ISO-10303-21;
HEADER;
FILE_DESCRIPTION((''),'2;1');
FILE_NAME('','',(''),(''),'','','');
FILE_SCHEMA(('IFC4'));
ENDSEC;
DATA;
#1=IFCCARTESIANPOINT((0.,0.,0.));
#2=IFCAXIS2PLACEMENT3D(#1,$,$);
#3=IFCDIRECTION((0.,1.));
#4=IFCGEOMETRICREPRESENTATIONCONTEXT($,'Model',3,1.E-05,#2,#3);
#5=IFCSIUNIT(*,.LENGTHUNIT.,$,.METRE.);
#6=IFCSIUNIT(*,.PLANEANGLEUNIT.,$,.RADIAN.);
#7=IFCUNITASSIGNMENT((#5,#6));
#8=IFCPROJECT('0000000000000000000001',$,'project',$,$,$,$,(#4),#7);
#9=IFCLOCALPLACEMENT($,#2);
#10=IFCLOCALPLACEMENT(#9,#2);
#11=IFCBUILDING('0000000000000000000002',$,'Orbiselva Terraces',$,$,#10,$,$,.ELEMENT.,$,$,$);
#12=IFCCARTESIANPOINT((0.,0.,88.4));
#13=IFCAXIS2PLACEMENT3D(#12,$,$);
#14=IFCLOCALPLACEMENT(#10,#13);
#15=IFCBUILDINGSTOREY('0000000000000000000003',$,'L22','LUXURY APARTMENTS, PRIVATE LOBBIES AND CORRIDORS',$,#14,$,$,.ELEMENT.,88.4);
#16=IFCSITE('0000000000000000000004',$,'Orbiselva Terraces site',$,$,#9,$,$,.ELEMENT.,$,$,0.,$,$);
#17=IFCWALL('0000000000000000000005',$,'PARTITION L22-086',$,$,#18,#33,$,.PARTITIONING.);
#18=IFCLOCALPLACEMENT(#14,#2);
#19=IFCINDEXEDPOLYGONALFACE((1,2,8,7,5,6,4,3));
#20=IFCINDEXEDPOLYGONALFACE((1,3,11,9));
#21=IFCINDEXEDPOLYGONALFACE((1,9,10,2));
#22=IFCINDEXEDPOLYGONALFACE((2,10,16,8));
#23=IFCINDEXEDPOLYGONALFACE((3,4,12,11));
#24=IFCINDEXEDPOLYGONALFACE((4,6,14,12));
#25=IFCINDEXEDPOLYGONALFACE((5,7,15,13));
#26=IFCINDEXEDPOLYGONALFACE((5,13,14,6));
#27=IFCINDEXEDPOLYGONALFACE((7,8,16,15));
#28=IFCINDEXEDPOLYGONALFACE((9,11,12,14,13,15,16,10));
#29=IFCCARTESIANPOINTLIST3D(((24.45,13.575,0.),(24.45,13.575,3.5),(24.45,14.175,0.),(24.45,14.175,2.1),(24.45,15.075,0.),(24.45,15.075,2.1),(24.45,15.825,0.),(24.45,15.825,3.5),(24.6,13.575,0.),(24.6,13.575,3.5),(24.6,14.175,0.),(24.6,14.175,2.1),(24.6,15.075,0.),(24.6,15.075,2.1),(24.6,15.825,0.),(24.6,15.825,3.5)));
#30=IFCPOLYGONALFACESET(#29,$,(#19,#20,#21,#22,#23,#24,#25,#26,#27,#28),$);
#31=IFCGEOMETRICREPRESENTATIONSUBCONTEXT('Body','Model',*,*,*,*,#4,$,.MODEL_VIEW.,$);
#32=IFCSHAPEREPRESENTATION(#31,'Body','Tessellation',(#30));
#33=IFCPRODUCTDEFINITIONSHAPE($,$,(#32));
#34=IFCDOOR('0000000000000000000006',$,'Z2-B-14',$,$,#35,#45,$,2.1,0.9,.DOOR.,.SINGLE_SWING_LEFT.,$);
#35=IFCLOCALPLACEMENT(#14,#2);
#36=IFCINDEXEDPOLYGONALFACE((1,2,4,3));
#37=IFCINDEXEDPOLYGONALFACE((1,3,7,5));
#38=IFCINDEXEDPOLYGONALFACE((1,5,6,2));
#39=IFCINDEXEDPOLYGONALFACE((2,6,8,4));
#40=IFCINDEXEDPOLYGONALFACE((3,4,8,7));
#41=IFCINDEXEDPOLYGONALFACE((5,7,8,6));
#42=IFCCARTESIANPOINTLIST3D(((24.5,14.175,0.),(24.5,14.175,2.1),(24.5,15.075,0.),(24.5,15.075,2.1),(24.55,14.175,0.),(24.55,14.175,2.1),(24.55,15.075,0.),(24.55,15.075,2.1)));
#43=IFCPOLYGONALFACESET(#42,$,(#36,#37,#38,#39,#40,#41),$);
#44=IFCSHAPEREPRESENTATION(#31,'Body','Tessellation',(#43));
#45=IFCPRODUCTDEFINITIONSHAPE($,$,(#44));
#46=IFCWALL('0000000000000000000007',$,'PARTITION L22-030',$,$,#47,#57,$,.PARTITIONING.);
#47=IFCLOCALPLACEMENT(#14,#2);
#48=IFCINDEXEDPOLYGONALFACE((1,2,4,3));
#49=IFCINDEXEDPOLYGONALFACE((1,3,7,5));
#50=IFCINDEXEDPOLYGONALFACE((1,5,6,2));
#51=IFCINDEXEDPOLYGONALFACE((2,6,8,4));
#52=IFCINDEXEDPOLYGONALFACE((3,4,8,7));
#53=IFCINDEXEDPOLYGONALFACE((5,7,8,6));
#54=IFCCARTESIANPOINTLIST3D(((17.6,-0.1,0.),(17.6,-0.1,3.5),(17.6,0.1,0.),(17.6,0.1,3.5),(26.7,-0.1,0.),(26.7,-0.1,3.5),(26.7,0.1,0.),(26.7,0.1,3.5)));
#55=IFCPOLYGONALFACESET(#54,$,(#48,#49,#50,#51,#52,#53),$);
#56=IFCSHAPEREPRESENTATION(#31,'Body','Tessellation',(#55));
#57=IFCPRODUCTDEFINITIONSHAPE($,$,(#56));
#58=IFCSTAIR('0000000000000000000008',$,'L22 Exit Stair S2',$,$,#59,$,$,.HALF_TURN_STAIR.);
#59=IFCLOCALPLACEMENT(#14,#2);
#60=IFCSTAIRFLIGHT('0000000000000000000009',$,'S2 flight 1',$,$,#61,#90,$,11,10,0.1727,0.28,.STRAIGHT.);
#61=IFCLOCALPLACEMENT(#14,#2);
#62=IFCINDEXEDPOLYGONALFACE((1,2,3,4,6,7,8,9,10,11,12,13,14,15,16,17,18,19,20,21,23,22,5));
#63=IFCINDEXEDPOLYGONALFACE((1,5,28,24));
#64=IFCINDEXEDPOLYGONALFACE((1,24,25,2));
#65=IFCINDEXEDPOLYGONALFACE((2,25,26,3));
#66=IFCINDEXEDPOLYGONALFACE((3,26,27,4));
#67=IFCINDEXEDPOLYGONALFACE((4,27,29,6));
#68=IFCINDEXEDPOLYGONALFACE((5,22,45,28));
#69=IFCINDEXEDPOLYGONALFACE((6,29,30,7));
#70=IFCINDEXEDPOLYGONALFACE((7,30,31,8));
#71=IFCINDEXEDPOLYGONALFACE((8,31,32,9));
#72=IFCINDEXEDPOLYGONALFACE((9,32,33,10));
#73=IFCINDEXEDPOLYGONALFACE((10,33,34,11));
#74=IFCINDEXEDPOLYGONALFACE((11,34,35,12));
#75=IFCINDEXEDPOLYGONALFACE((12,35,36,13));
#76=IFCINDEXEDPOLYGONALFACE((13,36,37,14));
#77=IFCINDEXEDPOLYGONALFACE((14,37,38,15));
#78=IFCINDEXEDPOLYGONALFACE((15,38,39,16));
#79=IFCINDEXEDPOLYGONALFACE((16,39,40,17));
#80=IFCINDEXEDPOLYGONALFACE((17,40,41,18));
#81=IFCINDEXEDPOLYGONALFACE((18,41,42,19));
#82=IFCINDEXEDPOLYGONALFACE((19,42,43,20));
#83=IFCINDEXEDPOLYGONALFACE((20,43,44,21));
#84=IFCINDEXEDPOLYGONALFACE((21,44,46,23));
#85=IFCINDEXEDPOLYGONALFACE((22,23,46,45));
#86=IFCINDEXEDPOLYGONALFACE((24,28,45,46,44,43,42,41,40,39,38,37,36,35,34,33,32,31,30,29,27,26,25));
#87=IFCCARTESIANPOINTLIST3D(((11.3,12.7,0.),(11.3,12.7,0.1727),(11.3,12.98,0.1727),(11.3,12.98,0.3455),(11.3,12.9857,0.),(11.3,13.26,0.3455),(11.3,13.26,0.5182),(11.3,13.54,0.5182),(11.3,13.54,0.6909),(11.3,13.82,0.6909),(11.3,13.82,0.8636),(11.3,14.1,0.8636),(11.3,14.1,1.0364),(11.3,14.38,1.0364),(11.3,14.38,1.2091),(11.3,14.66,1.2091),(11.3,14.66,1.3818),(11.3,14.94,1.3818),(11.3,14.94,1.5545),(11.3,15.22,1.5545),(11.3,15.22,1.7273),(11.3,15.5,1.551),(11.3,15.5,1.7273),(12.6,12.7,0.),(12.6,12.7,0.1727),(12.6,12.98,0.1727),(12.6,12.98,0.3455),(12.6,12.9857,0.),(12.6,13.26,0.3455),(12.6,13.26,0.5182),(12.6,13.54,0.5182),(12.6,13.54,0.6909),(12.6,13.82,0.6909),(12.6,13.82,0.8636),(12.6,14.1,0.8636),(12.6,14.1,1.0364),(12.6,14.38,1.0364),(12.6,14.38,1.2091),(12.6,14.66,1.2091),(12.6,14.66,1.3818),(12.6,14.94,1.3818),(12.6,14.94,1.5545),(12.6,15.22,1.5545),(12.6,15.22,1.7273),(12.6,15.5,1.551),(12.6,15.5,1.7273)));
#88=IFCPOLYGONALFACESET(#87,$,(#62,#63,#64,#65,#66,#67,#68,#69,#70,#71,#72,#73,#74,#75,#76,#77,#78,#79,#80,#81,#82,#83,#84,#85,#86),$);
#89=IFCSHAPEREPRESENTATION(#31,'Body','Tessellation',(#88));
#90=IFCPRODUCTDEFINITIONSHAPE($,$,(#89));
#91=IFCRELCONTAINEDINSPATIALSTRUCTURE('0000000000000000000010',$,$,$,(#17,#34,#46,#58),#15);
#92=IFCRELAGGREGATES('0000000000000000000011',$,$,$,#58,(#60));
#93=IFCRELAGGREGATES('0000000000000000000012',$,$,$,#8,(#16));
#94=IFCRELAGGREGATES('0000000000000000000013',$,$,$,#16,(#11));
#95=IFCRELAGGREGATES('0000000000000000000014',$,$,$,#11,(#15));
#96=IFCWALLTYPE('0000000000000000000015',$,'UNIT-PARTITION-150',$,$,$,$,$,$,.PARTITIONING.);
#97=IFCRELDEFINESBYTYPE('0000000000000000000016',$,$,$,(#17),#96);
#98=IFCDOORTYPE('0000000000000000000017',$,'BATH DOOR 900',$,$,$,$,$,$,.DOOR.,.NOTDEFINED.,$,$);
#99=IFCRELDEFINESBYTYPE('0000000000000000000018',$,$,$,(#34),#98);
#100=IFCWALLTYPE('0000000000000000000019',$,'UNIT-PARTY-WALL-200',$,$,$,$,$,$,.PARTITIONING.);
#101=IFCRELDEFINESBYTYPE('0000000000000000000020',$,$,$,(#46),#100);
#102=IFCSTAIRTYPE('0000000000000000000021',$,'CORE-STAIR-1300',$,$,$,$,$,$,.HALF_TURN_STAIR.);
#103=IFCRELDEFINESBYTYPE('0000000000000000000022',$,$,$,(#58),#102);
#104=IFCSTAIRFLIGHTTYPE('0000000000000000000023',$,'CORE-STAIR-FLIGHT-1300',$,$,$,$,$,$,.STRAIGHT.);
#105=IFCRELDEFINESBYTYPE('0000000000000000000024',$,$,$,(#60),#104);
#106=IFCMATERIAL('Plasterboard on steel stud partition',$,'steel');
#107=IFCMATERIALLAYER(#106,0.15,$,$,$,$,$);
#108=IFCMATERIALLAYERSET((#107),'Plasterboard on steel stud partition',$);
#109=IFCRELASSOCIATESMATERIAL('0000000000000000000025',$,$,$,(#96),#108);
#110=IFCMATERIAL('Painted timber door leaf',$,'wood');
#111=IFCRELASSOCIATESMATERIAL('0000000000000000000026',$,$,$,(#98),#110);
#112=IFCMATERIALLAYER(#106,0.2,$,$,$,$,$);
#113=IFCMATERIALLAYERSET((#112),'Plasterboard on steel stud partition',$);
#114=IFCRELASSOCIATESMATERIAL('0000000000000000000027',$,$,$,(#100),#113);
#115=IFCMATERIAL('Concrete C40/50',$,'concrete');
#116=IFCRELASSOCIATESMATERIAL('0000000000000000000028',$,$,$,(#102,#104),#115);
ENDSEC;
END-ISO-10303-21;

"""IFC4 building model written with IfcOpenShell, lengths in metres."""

from ifc_helpers import new_model, si_unit, direction, frame, frame_2d, origin, place, context, subcontext, project, spatial, polyline, rectangle, outline, extrude, material, layer, layer_set, type_object, element, fill, aggregate, save


model = new_model("IFC4")

# Units and contexts
model_context = context("Model", 3, precision=1e-05, world=origin(), true_north=direction((0.0, 1.0)))
body_context = subcontext(model_context, "Body", "Model", "MODEL_VIEW")
ifc_project = project(units=[si_unit("LENGTHUNIT", "METRE"), si_unit("PLANEANGLEUNIT", "RADIAN")], contexts=[model_context])

# Site, building, storey
site_placement = place(None, origin())
site = spatial("IfcSite", under=ifc_project, at=site_placement, Name="Orbiselva Terraces site", CompositionType="ELEMENT", RefElevation=0.0)
building_placement = place(site_placement, origin())
building = spatial("IfcBuilding", under=site, at=building_placement, Name="Orbiselva Terraces", CompositionType="ELEMENT")
storey_placement = place(building_placement, frame((0.0, 0.0, 88.4)))
storey = spatial("IfcBuildingStorey", under=building, at=storey_placement, Name="L22", Description="LUXURY APARTMENTS, PRIVATE LOBBIES AND CORRIDORS", CompositionType="ELEMENT", Elevation=88.4)

# Shared definitions
ifc_material_1 = material(Name="Plasterboard on steel stud partition", Category="steel")
ifc_material_2 = material(Name="Painted timber door leaf", Category="wood")

# Shared definitions
ifc_layer_1 = layer(ifc_material_1, 0.15)
ifc_layer_set_1 = layer_set([ifc_layer_1], Name="Plasterboard on steel stud partition")
wall_type_1 = type_object("IfcWallType", Name="UNIT-PARTITION-150", PredefinedType="PARTITIONING", material=ifc_layer_set_1)
door_type_1 = type_object("IfcDoorType", Name="BATH DOOR 900", OperationType="NOTDEFINED", PredefinedType="DOOR", material=ifc_material_2)

# Wall, opening, door
wall_1_placement = place(storey_placement, frame((24.525, 13.575, 0.0), z_axis=(0.0, 0.0, 1.0), x_axis=(0.0, 1.0, 0.0)))
wall_1 = element("IfcWall", 1, at=wall_1_placement, inside=storey, type_object=wall_type_1, Name="PARTITION L22-086", PredefinedType="PARTITIONING", context=body_context, shape_type="SweptSolid", body=[
    extrude(rectangle(XDim=2.25, YDim=0.15, at=frame_2d((1.125, 0.0))), origin(), (0.0, 0.0, 1.0), 3.5),
])
opening_1_placement = place(wall_1_placement, frame((0.6, 0.0, 0.0)))
opening_1 = element("IfcOpeningElement", 2, at=opening_1_placement, cuts=wall_1, PredefinedType="OPENING", context=body_context, shape_type="SweptSolid", body=[
    extrude(rectangle(XDim=0.9, YDim=2.1, at=frame_2d((0.45, 1.05))), frame((0.0, 0.085, 0.0), z_axis=(0.0, -1.0, 0.0), x_axis=(1.0, 0.0, 0.0)), (0.0, 0.0, 1.0), 0.17),
])
door_1_placement = place(opening_1_placement, origin())
door_1 = element("IfcDoor", 3, at=door_1_placement, inside=storey, type_object=door_type_1, Name="Z2-B-14", OperationType="SINGLE_SWING_LEFT", OverallHeight=2.1, OverallWidth=0.9, PredefinedType="DOOR", context=body_context, shape_type="SweptSolid", body=[
    extrude(rectangle(XDim=0.9, YDim=2.1, at=frame_2d((0.45, 1.05))), frame((0.0, 0.025, 0.0), z_axis=(0.0, -1.0, 0.0), x_axis=(1.0, 0.0, 0.0)), (0.0, 0.0, 1.0), 0.05),
])
fill(opening_1, door_1)

# Wall
ifc_layer_2 = layer(ifc_material_1, 0.2)
ifc_layer_set_2 = layer_set([ifc_layer_2], Name="Plasterboard on steel stud partition")
wall_type_2 = type_object("IfcWallType", Name="UNIT-PARTY-WALL-200", PredefinedType="PARTITIONING", material=ifc_layer_set_2)
wall_2_placement = place(storey_placement, frame((17.6, 0.0, 0.0), z_axis=(0.0, 0.0, 1.0), x_axis=(1.0, 0.0, 0.0)))
element("IfcWall", 4, at=wall_2_placement, inside=storey, type_object=wall_type_2, Name="PARTITION L22-030", PredefinedType="PARTITIONING", context=body_context, shape_type="SweptSolid", body=[
    extrude(rectangle(XDim=9.1, YDim=0.2, at=frame_2d((4.55, 0.0))), origin(), (0.0, 0.0, 1.0), 3.5),
])

# Stair, stair flight
ifc_material_3 = material(Name="Concrete C40/50", Category="concrete")
stair_type = type_object("IfcStairType", Name="CORE-STAIR-1300", PredefinedType="HALF_TURN_STAIR", material=ifc_material_3)
stair_placement = place(storey_placement, origin())
stair = element("IfcStair", 5, at=stair_placement, inside=storey, type_object=stair_type, Name="L22 Exit Stair S2", PredefinedType="HALF_TURN_STAIR")
stair_flight_type = type_object("IfcStairFlightType", Name="CORE-STAIR-FLIGHT-1300", PredefinedType="STRAIGHT", material=ifc_material_3)
stair_flight_placement = place(storey_placement, frame((11.95, 12.7, 0.0), z_axis=(0.0, 0.0, 1.0), x_axis=(0.0, 1.0, 0.0)))
stair_flight = element("IfcStairFlight", 6, at=stair_flight_placement, type_object=stair_flight_type, Name="S2 flight 1", NumberOfRisers=11, NumberOfTreads=10, PredefinedType="STRAIGHT", RiserHeight=0.1727, TreadLength=0.28, context=body_context, shape_type="SweptSolid", body=[
    extrude(outline(polyline([(0.0, 0.0), (0.0, 0.1727), (0.28, 0.1727), (0.28, 0.3455), (0.56, 0.3455), (0.56, 0.5182), (0.84, 0.5182), (0.84, 0.6909), (1.12, 0.6909), (1.12, 0.8636), (1.4, 0.8636), (1.4, 1.0364), (1.68, 1.0364), (1.68, 1.2091), (1.96, 1.2091), (1.96, 1.3818), (2.24, 1.3818), (2.24, 1.5545), (2.52, 1.5545), (2.52, 1.7273), (2.8, 1.7273), (2.8, 1.9), (2.8, 1.551), (0.2857, 0.0), (0.0, 0.0)])), frame((0.0, 0.65, 0.0), z_axis=(0.0, -1.0, 0.0), x_axis=(1.0, 0.0, 0.0)), (0.0, 0.0, 1.0), 1.3),
])
aggregate(stair, [stair_flight])

save(model, "model.ifc")
